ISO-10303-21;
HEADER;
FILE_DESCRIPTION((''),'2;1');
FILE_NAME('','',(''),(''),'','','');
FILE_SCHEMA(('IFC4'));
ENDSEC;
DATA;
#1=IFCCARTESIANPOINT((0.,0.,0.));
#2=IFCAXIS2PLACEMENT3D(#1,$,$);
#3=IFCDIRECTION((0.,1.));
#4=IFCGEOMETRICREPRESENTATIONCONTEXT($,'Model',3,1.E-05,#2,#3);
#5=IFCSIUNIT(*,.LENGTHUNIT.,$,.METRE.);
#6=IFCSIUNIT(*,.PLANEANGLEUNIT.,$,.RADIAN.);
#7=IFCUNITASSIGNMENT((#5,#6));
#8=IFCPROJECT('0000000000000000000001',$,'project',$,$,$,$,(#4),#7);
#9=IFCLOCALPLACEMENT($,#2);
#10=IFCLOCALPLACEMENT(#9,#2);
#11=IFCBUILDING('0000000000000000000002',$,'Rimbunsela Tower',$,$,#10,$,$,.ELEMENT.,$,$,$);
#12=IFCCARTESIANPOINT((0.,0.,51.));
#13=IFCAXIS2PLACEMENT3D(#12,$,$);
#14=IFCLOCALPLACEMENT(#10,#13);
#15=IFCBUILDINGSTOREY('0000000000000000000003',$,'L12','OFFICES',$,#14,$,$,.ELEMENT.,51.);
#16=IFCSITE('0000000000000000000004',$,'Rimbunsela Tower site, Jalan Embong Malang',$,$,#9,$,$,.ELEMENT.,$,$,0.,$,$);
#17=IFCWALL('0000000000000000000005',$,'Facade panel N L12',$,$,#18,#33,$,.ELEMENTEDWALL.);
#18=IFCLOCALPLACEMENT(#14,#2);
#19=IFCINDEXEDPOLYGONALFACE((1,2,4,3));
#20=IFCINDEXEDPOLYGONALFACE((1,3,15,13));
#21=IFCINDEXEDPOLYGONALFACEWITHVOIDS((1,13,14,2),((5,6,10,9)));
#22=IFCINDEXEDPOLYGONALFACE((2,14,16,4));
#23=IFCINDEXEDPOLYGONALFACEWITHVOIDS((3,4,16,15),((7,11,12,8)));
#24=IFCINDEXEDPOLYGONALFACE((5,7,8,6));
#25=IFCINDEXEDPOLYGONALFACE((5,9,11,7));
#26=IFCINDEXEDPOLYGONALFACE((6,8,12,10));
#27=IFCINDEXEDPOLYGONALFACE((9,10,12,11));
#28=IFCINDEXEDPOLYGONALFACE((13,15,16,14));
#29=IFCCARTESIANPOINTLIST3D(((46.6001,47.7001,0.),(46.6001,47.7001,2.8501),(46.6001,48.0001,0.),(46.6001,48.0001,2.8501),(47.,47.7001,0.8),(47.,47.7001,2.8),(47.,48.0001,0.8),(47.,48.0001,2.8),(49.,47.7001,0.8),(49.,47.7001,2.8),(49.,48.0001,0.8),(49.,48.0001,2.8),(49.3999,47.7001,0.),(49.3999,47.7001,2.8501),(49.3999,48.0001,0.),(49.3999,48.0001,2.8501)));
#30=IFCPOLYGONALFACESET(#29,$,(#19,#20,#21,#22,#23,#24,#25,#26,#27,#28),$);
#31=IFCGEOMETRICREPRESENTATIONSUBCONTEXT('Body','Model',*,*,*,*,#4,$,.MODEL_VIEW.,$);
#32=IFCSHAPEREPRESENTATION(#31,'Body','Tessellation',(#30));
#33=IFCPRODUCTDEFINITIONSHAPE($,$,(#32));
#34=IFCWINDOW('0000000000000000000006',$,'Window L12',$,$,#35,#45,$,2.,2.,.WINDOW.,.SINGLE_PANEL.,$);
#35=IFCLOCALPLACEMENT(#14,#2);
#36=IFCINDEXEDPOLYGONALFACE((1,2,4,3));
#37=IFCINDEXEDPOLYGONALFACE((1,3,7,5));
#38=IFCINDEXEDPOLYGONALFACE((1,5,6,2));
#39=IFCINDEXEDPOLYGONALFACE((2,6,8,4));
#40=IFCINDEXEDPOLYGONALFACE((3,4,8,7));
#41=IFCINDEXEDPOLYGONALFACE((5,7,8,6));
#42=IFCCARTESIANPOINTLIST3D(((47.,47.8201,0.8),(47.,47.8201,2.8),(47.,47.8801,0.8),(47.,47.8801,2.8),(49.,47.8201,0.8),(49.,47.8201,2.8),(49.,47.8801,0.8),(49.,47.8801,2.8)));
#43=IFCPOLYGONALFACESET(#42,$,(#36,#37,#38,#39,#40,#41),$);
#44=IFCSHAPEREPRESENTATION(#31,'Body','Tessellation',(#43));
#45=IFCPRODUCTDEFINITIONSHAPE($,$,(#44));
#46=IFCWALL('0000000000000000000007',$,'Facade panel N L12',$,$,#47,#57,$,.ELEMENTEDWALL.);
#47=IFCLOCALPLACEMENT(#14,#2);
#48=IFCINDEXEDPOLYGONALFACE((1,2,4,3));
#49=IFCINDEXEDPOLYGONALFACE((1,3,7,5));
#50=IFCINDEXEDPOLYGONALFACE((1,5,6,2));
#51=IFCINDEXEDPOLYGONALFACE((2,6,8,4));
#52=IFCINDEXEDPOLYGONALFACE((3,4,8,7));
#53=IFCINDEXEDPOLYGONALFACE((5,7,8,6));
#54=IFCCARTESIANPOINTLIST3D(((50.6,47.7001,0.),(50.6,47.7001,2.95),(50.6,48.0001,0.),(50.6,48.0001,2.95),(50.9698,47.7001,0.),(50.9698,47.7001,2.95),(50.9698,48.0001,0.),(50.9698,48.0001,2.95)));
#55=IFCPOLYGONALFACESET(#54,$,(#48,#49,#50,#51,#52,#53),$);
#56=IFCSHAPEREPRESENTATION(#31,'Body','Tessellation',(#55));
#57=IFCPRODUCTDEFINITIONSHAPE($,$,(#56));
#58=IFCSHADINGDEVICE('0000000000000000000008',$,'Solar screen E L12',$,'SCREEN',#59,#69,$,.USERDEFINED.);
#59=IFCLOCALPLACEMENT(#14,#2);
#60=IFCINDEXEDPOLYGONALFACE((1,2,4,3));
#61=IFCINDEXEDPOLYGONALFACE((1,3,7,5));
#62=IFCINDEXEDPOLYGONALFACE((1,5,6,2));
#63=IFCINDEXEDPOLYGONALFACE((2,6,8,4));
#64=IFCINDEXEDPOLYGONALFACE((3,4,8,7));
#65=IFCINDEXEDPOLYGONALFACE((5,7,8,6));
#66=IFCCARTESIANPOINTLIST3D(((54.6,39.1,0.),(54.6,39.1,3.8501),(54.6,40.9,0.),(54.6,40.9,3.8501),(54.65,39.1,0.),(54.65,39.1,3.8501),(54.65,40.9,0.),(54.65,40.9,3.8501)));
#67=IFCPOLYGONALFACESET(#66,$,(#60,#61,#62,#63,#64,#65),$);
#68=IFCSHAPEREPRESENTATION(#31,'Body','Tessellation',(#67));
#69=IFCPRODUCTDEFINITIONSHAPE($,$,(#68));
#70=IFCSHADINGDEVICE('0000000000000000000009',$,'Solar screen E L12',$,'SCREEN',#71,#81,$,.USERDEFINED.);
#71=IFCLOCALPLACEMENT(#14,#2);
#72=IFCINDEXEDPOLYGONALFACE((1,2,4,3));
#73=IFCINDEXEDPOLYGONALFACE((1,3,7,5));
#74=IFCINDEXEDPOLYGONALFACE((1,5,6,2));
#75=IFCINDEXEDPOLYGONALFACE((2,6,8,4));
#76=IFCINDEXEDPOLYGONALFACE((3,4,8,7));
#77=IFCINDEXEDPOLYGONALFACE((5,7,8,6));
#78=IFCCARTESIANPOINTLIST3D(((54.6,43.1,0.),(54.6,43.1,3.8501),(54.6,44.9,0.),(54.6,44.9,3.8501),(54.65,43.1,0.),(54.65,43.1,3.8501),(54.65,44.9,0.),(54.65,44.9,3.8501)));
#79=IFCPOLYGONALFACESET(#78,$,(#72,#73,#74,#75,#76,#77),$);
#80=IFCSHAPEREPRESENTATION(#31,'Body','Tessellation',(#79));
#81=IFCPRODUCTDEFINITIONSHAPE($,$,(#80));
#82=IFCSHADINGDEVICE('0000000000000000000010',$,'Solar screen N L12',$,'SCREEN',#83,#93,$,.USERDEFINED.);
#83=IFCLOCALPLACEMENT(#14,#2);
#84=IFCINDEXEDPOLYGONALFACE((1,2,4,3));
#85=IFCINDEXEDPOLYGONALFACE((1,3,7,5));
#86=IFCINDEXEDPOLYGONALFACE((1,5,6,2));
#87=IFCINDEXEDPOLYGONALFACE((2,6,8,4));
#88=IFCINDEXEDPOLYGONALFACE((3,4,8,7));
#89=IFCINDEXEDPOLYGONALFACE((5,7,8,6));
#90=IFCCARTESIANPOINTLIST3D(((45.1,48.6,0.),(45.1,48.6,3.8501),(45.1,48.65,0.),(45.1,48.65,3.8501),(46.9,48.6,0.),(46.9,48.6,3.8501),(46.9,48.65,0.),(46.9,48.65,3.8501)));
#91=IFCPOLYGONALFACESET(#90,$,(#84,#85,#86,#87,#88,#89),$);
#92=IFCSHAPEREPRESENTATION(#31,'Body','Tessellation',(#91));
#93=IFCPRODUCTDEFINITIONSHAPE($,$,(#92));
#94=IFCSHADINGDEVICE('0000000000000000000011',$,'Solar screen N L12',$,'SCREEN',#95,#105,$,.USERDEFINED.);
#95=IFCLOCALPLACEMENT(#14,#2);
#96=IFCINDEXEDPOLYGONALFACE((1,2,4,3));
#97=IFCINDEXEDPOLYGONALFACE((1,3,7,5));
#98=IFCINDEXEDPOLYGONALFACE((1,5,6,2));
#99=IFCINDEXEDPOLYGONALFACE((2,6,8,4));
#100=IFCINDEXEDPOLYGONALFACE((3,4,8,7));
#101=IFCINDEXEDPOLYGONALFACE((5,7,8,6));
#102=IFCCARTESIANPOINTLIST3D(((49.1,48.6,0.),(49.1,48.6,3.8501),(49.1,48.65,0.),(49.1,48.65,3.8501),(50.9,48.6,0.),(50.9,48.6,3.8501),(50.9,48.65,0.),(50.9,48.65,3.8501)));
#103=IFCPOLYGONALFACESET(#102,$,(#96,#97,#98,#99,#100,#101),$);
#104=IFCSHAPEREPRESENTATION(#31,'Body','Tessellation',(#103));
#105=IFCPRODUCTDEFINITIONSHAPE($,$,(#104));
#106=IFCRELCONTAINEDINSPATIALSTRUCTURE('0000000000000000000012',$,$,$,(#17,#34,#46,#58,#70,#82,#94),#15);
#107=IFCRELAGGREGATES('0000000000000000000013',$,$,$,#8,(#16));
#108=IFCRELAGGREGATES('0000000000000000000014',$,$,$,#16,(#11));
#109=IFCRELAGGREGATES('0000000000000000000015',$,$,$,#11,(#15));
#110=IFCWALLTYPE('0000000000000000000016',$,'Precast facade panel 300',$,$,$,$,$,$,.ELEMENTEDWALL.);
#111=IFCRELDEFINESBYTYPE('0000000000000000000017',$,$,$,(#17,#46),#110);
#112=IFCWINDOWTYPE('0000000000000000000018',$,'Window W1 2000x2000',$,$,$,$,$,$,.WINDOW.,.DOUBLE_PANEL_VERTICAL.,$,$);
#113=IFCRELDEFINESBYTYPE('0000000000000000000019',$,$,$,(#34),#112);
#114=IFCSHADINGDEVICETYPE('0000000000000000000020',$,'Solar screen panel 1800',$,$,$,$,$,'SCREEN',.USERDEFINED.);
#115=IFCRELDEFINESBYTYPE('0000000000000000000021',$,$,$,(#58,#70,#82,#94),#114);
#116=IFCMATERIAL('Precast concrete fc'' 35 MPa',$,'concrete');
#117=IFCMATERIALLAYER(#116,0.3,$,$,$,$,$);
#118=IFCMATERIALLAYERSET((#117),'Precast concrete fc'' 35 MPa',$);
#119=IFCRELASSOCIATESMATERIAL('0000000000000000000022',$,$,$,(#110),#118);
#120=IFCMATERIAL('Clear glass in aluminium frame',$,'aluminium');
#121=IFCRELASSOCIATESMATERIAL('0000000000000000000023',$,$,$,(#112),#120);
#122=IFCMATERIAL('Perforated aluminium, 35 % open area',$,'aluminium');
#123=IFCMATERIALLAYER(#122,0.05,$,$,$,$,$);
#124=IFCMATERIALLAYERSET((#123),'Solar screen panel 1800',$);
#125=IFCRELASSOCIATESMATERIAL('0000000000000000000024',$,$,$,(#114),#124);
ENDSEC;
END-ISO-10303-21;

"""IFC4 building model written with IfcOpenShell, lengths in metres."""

from ifc_helpers import new_model, si_unit, direction, frame, frame_2d, origin, origin_2d, place, context, subcontext, project, spatial, rectangle, extrude, material, layer, layer_set, type_object, element, fill, save


model = new_model("IFC4")

# Units and contexts
model_context = context("Model", 3, precision=1e-05, world=origin(), true_north=direction((0.0, 1.0)))
body_context = subcontext(model_context, "Body", "Model", "MODEL_VIEW")
ifc_project = project(units=[si_unit("LENGTHUNIT", "METRE"), si_unit("PLANEANGLEUNIT", "RADIAN")], contexts=[model_context])

# Site, building, storey
site_placement = place(None, origin())
site = spatial("IfcSite", under=ifc_project, at=site_placement, Name="Rimbunsela Tower site, Jalan Embong Malang", CompositionType="ELEMENT", RefElevation=0.0)
building_placement = place(site_placement, origin())
building = spatial("IfcBuilding", under=site, at=building_placement, Name="Rimbunsela Tower", CompositionType="ELEMENT")
storey_placement = place(building_placement, frame((0.0, 0.0, 51.0)))
storey = spatial("IfcBuildingStorey", under=building, at=storey_placement, Name="L12", Description="OFFICES", CompositionType="ELEMENT", Elevation=51.0)

# Shared definitions
ifc_material_1 = material(Name="Precast concrete fc' 35 MPa", Category="concrete")
ifc_layer_1 = layer(ifc_material_1, 0.3)
ifc_layer_set_1 = layer_set([ifc_layer_1], Name="Precast concrete fc' 35 MPa")
wall_type_1 = type_object("IfcWallType", Name="Precast facade panel 300", PredefinedType="ELEMENTEDWALL", material=ifc_layer_set_1)
ifc_material_2 = material(Name="Clear glass in aluminium frame", Category="aluminium")
window_type = type_object("IfcWindowType", Name="Window W1 2000x2000", PartitioningType="DOUBLE_PANEL_VERTICAL", PredefinedType="WINDOW", material=ifc_material_2)

# Wall, opening, window
wall_1_placement = place(storey_placement, frame((49.3999, 47.8501, 0.0), z_axis=(0.0, 0.0, 1.0), x_axis=(-1.0, 0.0, 0.0)))
wall_1 = element("IfcWall", 1, at=wall_1_placement, inside=storey, type_object=wall_type_1, Name="Facade panel N L12", PredefinedType="ELEMENTEDWALL", context=body_context, shape_type="SweptSolid", body=[
    extrude(rectangle(XDim=2.7998, YDim=0.3, at=frame_2d((1.3999, 0.0))), origin(), (0.0, 0.0, 1.0), 2.8501),
])
opening_1_placement = place(wall_1_placement, frame((0.3999, 0.0, 0.8)))
opening_1 = element("IfcOpeningElement", 2, at=opening_1_placement, cuts=wall_1, PredefinedType="OPENING", context=body_context, shape_type="SweptSolid", body=[
    extrude(rectangle(XDim=2.0, YDim=2.0, at=frame_2d((1.0, 1.0))), frame((0.0, 0.1599, 0.0), z_axis=(0.0, -1.0, 0.0), x_axis=(1.0, 0.0, 0.0)), (0.0, 0.0, 1.0), 0.3201),
])
window_1_placement = place(opening_1_placement, origin())
window_1 = element("IfcWindow", 3, at=window_1_placement, inside=storey, type_object=window_type, Name="Window L12", OverallHeight=2.0, OverallWidth=2.0, PartitioningType="SINGLE_PANEL", PredefinedType="WINDOW", context=body_context, shape_type="SweptSolid", body=[
    extrude(rectangle(XDim=2.0, YDim=2.0, at=frame_2d((1.0, 1.0))), frame((0.0, 0.03, 0.0), z_axis=(0.0, -1.0, 0.0), x_axis=(1.0, 0.0, 0.0)), (0.0, 0.0, 1.0), 0.0601),
])
fill(opening_1, window_1)

# Wall
wall_2_placement = place(storey_placement, frame((50.97, 47.8501, 0.0), z_axis=(0.0, 0.0, 1.0), x_axis=(-1.0, 0.0, 0.0)))
element("IfcWall", 4, at=wall_2_placement, inside=storey, type_object=wall_type_1, Name="Facade panel N L12", PredefinedType="ELEMENTEDWALL", context=body_context, shape_type="SweptSolid", body=[
    extrude(rectangle(XDim=0.3699, YDim=0.3, at=frame_2d((0.1851, 0.0))), origin(), (0.0, 0.0, 1.0), 2.95),
])

# Shading devices
ifc_material_3 = material(Name="Perforated aluminium, 35 % open area", Category="aluminium")
ifc_layer_2 = layer(ifc_material_3, 0.05)
ifc_layer_set_2 = layer_set([ifc_layer_2], Name="Solar screen panel 1800")
shading_device_type = type_object("IfcShadingDeviceType", Name="Solar screen panel 1800", ElementType="SCREEN", PredefinedType="USERDEFINED", material=ifc_layer_set_2)
for number, where, z_axis, x_axis, name in (
    (5, (54.625, 40.0, 0.0), (0.0, 0.0, 1.0), (0.0, 1.0, 0.0), "Solar screen E L12"),
    (6, (54.625, 44.0, 0.0), (0.0, 0.0, 1.0), (0.0, 1.0, 0.0), "Solar screen E L12"),
    (7, (46.0, 48.625, 0.0), (0.0, 0.0, 1.0), (1.0, 0.0, 0.0), "Solar screen N L12"),
    (8, (50.0, 48.625, 0.0), (0.0, 0.0, 1.0), (1.0, 0.0, 0.0), "Solar screen N L12"),
):
    element("IfcShadingDevice", number, at=place(storey_placement, frame(where, z_axis=z_axis, x_axis=x_axis)), inside=storey, type_object=shading_device_type, Name=name, ObjectType="SCREEN", PredefinedType="USERDEFINED", context=body_context, shape_type="SweptSolid", body=[
        extrude(rectangle(XDim=1.8, YDim=0.05, at=origin_2d()), origin(), (0.0, 0.0, 1.0), 3.8501),
    ])

save(model, "model.ifc")
